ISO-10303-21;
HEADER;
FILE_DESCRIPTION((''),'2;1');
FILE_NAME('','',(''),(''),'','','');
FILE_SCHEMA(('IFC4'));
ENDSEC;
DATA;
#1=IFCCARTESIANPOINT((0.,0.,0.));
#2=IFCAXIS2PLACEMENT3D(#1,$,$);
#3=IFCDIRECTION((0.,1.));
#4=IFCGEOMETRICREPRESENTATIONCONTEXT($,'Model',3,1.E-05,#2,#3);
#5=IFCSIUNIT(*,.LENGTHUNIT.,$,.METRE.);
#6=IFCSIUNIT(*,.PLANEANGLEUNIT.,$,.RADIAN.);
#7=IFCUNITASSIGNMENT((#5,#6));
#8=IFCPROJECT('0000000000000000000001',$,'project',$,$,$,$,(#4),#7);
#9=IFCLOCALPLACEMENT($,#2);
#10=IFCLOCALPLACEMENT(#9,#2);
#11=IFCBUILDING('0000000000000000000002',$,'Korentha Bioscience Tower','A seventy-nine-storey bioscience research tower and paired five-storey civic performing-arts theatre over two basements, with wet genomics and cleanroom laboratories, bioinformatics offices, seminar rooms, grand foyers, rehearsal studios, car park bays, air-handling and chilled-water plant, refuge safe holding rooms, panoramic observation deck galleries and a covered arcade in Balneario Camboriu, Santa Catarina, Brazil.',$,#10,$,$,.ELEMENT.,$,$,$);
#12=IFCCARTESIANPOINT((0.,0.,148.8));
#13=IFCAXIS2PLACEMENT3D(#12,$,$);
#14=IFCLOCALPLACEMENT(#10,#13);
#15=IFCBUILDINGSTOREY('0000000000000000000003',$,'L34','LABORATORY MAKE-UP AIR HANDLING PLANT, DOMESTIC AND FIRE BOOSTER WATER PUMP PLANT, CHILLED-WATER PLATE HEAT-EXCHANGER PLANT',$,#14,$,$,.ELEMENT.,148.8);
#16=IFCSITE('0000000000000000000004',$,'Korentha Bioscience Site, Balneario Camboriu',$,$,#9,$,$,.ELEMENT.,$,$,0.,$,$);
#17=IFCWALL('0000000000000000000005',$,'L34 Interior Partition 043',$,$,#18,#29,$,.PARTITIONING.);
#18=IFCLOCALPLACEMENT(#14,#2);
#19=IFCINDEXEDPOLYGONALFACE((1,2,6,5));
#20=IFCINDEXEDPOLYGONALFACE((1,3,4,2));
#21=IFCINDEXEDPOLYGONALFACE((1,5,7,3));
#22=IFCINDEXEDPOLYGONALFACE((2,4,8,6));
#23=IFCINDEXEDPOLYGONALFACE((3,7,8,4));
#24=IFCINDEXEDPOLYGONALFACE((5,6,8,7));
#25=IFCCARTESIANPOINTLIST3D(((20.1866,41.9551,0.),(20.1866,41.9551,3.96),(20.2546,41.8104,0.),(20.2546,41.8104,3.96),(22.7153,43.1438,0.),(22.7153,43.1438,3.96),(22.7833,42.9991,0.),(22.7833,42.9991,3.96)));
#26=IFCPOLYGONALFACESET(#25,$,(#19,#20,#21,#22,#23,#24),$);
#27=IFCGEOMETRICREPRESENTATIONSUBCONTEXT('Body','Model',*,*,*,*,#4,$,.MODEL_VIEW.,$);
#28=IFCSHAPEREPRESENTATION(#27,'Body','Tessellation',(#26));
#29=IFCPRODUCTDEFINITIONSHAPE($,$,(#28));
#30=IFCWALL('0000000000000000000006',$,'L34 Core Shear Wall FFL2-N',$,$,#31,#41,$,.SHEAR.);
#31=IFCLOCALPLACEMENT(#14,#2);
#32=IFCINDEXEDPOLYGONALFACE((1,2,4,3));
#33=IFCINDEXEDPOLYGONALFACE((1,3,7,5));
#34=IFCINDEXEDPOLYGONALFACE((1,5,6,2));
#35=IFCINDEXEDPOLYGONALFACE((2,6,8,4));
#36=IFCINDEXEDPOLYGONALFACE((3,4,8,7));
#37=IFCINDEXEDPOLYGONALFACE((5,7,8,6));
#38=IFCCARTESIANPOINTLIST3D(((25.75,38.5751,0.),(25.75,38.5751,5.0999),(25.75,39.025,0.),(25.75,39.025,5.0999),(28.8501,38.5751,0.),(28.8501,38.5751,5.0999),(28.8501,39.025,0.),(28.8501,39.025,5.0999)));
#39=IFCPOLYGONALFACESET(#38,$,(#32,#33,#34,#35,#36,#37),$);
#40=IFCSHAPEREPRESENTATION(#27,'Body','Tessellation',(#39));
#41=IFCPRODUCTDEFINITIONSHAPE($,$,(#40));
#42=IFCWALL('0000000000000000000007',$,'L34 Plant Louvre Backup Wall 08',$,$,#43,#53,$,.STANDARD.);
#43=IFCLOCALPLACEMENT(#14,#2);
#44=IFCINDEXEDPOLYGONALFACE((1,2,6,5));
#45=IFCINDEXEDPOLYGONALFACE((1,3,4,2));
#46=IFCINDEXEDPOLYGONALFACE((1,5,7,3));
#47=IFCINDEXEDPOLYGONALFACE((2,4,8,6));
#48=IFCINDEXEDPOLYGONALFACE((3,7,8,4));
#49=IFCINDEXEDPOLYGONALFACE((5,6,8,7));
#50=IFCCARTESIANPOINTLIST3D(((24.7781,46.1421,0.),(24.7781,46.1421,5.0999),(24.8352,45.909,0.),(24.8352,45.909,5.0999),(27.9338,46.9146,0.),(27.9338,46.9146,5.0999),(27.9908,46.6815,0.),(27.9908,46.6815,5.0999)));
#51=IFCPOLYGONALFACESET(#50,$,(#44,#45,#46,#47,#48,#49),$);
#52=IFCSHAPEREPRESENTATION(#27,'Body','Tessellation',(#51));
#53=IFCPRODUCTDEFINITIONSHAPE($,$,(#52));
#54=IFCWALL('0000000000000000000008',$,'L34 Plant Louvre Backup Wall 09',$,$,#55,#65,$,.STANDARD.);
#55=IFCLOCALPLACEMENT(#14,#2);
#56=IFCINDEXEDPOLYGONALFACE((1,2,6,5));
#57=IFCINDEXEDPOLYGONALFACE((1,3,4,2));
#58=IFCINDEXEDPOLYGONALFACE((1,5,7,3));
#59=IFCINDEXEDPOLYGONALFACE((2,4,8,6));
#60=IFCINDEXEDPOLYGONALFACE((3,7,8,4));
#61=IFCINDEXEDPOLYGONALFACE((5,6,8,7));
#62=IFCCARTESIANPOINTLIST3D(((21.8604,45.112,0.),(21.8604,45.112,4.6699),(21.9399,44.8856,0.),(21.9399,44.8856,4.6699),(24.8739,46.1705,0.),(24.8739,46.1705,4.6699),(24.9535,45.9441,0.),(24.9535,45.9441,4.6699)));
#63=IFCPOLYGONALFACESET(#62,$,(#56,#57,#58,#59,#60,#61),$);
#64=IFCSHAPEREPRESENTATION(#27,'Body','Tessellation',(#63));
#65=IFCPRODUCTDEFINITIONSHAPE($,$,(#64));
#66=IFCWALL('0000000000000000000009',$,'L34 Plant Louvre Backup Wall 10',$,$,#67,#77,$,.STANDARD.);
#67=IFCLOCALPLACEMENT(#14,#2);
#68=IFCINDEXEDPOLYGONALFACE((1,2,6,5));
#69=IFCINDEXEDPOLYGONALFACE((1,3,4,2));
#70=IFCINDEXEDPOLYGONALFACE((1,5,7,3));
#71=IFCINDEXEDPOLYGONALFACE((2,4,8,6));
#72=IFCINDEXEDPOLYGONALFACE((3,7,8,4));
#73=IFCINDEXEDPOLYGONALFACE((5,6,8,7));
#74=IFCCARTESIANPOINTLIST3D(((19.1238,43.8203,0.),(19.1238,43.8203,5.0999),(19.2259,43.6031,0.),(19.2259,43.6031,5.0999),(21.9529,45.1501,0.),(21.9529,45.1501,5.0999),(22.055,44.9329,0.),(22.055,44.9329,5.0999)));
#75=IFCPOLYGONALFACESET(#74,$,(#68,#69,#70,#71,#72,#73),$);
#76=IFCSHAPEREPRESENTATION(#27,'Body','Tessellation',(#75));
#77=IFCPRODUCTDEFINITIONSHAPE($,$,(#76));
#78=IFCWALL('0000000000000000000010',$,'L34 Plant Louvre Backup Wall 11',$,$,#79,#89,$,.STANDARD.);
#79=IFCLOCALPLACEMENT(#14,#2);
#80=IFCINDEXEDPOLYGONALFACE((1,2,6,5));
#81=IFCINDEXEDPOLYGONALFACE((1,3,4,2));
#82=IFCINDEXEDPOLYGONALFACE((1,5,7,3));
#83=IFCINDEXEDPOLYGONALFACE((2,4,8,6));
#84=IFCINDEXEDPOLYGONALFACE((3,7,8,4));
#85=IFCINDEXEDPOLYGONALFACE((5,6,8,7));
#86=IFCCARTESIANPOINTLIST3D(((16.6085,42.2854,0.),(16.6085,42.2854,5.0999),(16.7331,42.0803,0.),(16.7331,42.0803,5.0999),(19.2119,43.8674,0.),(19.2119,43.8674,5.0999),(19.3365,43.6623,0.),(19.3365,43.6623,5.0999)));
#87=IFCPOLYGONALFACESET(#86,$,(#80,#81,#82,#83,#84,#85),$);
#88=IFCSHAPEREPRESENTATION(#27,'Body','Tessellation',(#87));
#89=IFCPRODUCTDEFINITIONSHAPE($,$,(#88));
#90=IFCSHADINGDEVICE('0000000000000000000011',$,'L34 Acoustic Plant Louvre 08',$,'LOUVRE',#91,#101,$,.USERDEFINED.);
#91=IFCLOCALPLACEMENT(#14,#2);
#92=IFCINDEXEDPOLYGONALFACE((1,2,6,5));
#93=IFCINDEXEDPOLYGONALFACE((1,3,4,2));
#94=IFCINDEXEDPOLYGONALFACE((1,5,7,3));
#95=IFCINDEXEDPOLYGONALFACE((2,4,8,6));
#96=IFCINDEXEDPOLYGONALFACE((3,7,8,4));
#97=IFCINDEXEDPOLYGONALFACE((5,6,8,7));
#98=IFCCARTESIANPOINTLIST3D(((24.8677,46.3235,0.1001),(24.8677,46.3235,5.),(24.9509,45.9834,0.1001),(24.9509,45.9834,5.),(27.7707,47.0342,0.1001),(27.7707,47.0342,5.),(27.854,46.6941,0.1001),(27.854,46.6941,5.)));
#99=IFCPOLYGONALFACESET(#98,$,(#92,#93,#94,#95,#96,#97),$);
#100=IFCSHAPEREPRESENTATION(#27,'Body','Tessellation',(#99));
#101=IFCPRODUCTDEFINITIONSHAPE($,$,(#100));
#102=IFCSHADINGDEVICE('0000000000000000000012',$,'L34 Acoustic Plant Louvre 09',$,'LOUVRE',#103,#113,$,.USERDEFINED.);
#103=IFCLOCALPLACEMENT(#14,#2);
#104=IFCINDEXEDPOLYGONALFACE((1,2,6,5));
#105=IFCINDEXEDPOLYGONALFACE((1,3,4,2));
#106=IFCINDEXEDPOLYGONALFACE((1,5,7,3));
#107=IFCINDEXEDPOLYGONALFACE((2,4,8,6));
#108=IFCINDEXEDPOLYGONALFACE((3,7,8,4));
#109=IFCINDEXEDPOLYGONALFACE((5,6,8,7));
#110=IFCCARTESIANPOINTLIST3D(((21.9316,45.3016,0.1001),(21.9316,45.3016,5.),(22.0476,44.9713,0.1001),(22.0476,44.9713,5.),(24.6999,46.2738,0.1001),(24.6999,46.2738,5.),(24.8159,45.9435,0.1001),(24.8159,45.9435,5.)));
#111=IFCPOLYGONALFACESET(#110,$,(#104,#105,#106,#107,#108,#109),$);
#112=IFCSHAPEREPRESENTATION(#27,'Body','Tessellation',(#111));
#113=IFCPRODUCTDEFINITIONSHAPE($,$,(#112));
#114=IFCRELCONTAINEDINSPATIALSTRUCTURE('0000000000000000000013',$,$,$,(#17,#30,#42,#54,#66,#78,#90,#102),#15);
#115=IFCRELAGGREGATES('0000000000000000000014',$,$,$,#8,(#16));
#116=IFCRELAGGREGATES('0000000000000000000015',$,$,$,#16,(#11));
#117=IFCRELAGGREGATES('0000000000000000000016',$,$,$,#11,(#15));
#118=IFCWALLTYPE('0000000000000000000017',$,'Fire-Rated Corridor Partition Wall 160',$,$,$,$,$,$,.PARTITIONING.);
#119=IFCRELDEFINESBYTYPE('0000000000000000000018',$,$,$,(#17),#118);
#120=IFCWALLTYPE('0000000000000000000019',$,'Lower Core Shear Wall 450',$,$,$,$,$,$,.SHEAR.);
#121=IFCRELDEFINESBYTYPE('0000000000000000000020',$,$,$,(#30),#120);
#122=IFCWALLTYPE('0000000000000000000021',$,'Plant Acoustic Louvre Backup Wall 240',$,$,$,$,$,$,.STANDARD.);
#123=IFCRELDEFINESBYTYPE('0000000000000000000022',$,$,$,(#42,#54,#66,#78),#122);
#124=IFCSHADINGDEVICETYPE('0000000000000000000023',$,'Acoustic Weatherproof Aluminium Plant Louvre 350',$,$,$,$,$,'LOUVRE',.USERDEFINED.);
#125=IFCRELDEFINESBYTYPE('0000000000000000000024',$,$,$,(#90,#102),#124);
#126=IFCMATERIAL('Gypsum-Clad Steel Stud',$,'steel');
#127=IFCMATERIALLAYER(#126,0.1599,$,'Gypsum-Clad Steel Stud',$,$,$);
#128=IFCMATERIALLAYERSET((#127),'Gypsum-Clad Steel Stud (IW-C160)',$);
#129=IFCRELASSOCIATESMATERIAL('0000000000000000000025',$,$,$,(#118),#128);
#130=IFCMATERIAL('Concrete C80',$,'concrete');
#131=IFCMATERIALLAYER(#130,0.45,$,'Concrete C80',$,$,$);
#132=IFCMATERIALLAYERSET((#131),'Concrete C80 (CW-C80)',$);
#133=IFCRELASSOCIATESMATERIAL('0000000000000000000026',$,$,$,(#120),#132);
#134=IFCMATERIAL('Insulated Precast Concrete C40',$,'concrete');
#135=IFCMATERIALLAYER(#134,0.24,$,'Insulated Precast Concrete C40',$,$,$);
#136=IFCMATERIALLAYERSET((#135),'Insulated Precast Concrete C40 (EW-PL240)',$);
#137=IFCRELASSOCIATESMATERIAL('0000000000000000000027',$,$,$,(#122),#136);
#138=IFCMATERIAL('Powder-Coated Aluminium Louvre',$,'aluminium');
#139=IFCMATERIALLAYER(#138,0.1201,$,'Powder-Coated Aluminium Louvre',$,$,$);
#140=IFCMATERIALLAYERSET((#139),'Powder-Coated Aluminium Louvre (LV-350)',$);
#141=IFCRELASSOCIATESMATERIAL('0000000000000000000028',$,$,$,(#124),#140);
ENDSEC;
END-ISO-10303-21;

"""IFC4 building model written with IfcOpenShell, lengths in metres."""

from ifc_helpers import new_model, si_unit, direction, frame, frame_2d, origin, origin_2d, place, context, subcontext, project, spatial, rectangle, extrude, material, layer, layer_set, type_object, element, save


model = new_model("IFC4")

# Units and contexts
model_context = context("Model", 3, precision=1e-05, world=origin(), true_north=direction((0.0, 1.0)))
body_context = subcontext(model_context, "Body", "Model", "MODEL_VIEW")
ifc_project = project(units=[si_unit("LENGTHUNIT", "METRE"), si_unit("PLANEANGLEUNIT", "RADIAN")], contexts=[model_context])

# Site, building, storey
site_placement = place(None, origin())
site = spatial("IfcSite", under=ifc_project, at=site_placement, Name="Korentha Bioscience Site, Balneario Camboriu", CompositionType="ELEMENT", RefElevation=0.0)
building_placement = place(site_placement, origin())
building = spatial("IfcBuilding", under=site, at=building_placement, Name="Korentha Bioscience Tower", Description="A seventy-nine-storey bioscience research tower and paired five-storey civic performing-arts theatre over two basements, with wet genomics and cleanroom laboratories, bioinformatics offices, seminar rooms, grand foyers, rehearsal studios, car park bays, air-handling and chilled-water plant, refuge safe holding rooms, panoramic observation deck galleries and a covered arcade in Balneario Camboriu, Santa Catarina, Brazil.", CompositionType="ELEMENT")
storey_placement = place(building_placement, frame((0.0, 0.0, 148.8)))
storey = spatial("IfcBuildingStorey", under=building, at=storey_placement, Name="L34", Description="LABORATORY MAKE-UP AIR HANDLING PLANT, DOMESTIC AND FIRE BOOSTER WATER PUMP PLANT, CHILLED-WATER PLATE HEAT-EXCHANGER PLANT", CompositionType="ELEMENT", Elevation=148.8)

# Shared definitions
ifc_material_1 = material(Name="Concrete C80", Category="concrete")

# Shared definitions
ifc_material_2 = material(Name="Gypsum-Clad Steel Stud", Category="steel")
ifc_layer_1 = layer(ifc_material_2, 0.1599, Name="Gypsum-Clad Steel Stud")
ifc_layer_set_1 = layer_set([ifc_layer_1], Name="Gypsum-Clad Steel Stud (IW-C160)")
wall_type_1 = type_object("IfcWallType", Name="Fire-Rated Corridor Partition Wall 160", PredefinedType="PARTITIONING", material=ifc_layer_set_1)

# Walls
wall_1_placement = place(storey_placement, frame((20.2207, 41.8828, 0.0), z_axis=(0.0, 0.0, 1.0), x_axis=(0.904999, 0.425414, 0.0)))
element("IfcWall", 1, at=wall_1_placement, inside=storey, type_object=wall_type_1, Name="L34 Interior Partition 043", PredefinedType="PARTITIONING", context=body_context, shape_type="SweptSolid", body=[
    extrude(rectangle(XDim=2.7942, YDim=0.1599, at=frame_2d((1.397, 0.0))), origin(), (0.0, 0.0, 1.0), 3.96),
])
ifc_layer_2 = layer(ifc_material_1, 0.45, Name="Concrete C80")
ifc_layer_set_2 = layer_set([ifc_layer_2], Name="Concrete C80 (CW-C80)")
wall_type_2 = type_object("IfcWallType", Name="Lower Core Shear Wall 450", PredefinedType="SHEAR", material=ifc_layer_set_2)
wall_2_placement = place(storey_placement, frame((25.75, 38.8, 0.0), z_axis=(0.0, 0.0, 1.0), x_axis=(1.0, 0.0, 0.0)))
element("IfcWall", 2, at=wall_2_placement, inside=storey, type_object=wall_type_2, Name="L34 Core Shear Wall FFL2-N", PredefinedType="SHEAR", context=body_context, shape_type="SweptSolid", body=[
    extrude(rectangle(XDim=3.1001, YDim=0.45, at=frame_2d((1.55, 0.0))), origin(), (0.0, 0.0, 1.0), 5.0999),
])
ifc_material_3 = material(Name="Insulated Precast Concrete C40", Category="concrete")
ifc_layer_3 = layer(ifc_material_3, 0.24, Name="Insulated Precast Concrete C40")
ifc_layer_set_3 = layer_set([ifc_layer_3], Name="Insulated Precast Concrete C40 (EW-PL240)")
wall_type_3 = type_object("IfcWallType", Name="Plant Acoustic Louvre Backup Wall 240", PredefinedType="STANDARD", material=ifc_layer_set_3)
wall_3_placement = place(storey_placement, frame((27.9624, 46.7981, 0.0), z_axis=(0.0, 0.0, 1.0), x_axis=(-0.97132, -0.237776, 0.0)))
element("IfcWall", 3, at=wall_3_placement, inside=storey, type_object=wall_type_3, Name="L34 Plant Louvre Backup Wall 08", PredefinedType="STANDARD", context=body_context, shape_type="SweptSolid", body=[
    extrude(rectangle(XDim=3.2488, YDim=0.24, at=frame_2d((1.6245, 0.0))), origin(), (0.0, 0.0, 1.0), 5.0999),
])
wall_4_placement = place(storey_placement, frame((24.9138, 46.0574, 0.0), z_axis=(0.0, 0.0, 1.0), x_axis=(-0.943486, -0.331412, 0.0)))
element("IfcWall", 4, at=wall_4_placement, inside=storey, type_object=wall_type_3, Name="L34 Plant Louvre Backup Wall 09", PredefinedType="STANDARD", context=body_context, shape_type="SweptSolid", body=[
    extrude(rectangle(XDim=3.1941, YDim=0.24, at=frame_2d((1.5972, 0.0))), origin(), (0.0, 0.0, 1.0), 4.6699),
])
wall_5_placement = place(storey_placement, frame((22.0039, 45.0415, 0.0), z_axis=(0.0, 0.0, 1.0), x_axis=(-0.905004, -0.425402, 0.0)))
element("IfcWall", 5, at=wall_5_placement, inside=storey, type_object=wall_type_3, Name="L34 Plant Louvre Backup Wall 10", PredefinedType="STANDARD", context=body_context, shape_type="SweptSolid", body=[
    extrude(rectangle(XDim=3.126, YDim=0.24, at=frame_2d((1.563, 0.0))), origin(), (0.0, 0.0, 1.0), 5.0999),
])
wall_6_placement = place(storey_placement, frame((19.2742, 43.7649, 0.0), z_axis=(0.0, 0.0, 1.0), x_axis=(-0.854573, -0.519332, 0.0)))
element("IfcWall", 6, at=wall_6_placement, inside=storey, type_object=wall_type_3, Name="L34 Plant Louvre Backup Wall 11", PredefinedType="STANDARD", context=body_context, shape_type="SweptSolid", body=[
    extrude(rectangle(XDim=3.0464, YDim=0.24, at=frame_2d((1.5232, 0.0))), origin(), (0.0, 0.0, 1.0), 5.0999),
])

# Shading devices
ifc_material_4 = material(Name="Powder-Coated Aluminium Louvre", Category="aluminium")
ifc_layer_4 = layer(ifc_material_4, 0.1201, Name="Powder-Coated Aluminium Louvre")
ifc_layer_set_4 = layer_set([ifc_layer_4], Name="Powder-Coated Aluminium Louvre (LV-350)")
shading_device_type = type_object("IfcShadingDeviceType", Name="Acoustic Weatherproof Aluminium Plant Louvre 350", ElementType="LOUVRE", PredefinedType="USERDEFINED", material=ifc_layer_set_4)
shading_device_1_placement = place(storey_placement, frame((26.3608, 46.5088, 0.1001), z_axis=(0.0, 0.0, 1.0), x_axis=(-0.971319, -0.23778, 0.0)))
element("IfcShadingDevice", 7, at=shading_device_1_placement, inside=storey, type_object=shading_device_type, Name="L34 Acoustic Plant Louvre 08", ObjectType="LOUVRE", PredefinedType="USERDEFINED", context=body_context, shape_type="SweptSolid", body=[
    extrude(rectangle(XDim=2.9888, YDim=0.3501, at=origin_2d()), origin(), (0.0, 0.0, 1.0), 4.8999),
])
shading_device_2_placement = place(storey_placement, frame((23.3738, 45.6226, 0.1001), z_axis=(0.0, 0.0, 1.0), x_axis=(-0.943504, -0.331361, 0.0)))
element("IfcShadingDevice", 8, at=shading_device_2_placement, inside=storey, type_object=shading_device_type, Name="L34 Acoustic Plant Louvre 09", ObjectType="LOUVRE", PredefinedType="USERDEFINED", context=body_context, shape_type="SweptSolid", body=[
    extrude(rectangle(XDim=2.9341, YDim=0.3501, at=origin_2d()), origin(), (0.0, 0.0, 1.0), 4.8999),
])

save(model, "model.ifc")
